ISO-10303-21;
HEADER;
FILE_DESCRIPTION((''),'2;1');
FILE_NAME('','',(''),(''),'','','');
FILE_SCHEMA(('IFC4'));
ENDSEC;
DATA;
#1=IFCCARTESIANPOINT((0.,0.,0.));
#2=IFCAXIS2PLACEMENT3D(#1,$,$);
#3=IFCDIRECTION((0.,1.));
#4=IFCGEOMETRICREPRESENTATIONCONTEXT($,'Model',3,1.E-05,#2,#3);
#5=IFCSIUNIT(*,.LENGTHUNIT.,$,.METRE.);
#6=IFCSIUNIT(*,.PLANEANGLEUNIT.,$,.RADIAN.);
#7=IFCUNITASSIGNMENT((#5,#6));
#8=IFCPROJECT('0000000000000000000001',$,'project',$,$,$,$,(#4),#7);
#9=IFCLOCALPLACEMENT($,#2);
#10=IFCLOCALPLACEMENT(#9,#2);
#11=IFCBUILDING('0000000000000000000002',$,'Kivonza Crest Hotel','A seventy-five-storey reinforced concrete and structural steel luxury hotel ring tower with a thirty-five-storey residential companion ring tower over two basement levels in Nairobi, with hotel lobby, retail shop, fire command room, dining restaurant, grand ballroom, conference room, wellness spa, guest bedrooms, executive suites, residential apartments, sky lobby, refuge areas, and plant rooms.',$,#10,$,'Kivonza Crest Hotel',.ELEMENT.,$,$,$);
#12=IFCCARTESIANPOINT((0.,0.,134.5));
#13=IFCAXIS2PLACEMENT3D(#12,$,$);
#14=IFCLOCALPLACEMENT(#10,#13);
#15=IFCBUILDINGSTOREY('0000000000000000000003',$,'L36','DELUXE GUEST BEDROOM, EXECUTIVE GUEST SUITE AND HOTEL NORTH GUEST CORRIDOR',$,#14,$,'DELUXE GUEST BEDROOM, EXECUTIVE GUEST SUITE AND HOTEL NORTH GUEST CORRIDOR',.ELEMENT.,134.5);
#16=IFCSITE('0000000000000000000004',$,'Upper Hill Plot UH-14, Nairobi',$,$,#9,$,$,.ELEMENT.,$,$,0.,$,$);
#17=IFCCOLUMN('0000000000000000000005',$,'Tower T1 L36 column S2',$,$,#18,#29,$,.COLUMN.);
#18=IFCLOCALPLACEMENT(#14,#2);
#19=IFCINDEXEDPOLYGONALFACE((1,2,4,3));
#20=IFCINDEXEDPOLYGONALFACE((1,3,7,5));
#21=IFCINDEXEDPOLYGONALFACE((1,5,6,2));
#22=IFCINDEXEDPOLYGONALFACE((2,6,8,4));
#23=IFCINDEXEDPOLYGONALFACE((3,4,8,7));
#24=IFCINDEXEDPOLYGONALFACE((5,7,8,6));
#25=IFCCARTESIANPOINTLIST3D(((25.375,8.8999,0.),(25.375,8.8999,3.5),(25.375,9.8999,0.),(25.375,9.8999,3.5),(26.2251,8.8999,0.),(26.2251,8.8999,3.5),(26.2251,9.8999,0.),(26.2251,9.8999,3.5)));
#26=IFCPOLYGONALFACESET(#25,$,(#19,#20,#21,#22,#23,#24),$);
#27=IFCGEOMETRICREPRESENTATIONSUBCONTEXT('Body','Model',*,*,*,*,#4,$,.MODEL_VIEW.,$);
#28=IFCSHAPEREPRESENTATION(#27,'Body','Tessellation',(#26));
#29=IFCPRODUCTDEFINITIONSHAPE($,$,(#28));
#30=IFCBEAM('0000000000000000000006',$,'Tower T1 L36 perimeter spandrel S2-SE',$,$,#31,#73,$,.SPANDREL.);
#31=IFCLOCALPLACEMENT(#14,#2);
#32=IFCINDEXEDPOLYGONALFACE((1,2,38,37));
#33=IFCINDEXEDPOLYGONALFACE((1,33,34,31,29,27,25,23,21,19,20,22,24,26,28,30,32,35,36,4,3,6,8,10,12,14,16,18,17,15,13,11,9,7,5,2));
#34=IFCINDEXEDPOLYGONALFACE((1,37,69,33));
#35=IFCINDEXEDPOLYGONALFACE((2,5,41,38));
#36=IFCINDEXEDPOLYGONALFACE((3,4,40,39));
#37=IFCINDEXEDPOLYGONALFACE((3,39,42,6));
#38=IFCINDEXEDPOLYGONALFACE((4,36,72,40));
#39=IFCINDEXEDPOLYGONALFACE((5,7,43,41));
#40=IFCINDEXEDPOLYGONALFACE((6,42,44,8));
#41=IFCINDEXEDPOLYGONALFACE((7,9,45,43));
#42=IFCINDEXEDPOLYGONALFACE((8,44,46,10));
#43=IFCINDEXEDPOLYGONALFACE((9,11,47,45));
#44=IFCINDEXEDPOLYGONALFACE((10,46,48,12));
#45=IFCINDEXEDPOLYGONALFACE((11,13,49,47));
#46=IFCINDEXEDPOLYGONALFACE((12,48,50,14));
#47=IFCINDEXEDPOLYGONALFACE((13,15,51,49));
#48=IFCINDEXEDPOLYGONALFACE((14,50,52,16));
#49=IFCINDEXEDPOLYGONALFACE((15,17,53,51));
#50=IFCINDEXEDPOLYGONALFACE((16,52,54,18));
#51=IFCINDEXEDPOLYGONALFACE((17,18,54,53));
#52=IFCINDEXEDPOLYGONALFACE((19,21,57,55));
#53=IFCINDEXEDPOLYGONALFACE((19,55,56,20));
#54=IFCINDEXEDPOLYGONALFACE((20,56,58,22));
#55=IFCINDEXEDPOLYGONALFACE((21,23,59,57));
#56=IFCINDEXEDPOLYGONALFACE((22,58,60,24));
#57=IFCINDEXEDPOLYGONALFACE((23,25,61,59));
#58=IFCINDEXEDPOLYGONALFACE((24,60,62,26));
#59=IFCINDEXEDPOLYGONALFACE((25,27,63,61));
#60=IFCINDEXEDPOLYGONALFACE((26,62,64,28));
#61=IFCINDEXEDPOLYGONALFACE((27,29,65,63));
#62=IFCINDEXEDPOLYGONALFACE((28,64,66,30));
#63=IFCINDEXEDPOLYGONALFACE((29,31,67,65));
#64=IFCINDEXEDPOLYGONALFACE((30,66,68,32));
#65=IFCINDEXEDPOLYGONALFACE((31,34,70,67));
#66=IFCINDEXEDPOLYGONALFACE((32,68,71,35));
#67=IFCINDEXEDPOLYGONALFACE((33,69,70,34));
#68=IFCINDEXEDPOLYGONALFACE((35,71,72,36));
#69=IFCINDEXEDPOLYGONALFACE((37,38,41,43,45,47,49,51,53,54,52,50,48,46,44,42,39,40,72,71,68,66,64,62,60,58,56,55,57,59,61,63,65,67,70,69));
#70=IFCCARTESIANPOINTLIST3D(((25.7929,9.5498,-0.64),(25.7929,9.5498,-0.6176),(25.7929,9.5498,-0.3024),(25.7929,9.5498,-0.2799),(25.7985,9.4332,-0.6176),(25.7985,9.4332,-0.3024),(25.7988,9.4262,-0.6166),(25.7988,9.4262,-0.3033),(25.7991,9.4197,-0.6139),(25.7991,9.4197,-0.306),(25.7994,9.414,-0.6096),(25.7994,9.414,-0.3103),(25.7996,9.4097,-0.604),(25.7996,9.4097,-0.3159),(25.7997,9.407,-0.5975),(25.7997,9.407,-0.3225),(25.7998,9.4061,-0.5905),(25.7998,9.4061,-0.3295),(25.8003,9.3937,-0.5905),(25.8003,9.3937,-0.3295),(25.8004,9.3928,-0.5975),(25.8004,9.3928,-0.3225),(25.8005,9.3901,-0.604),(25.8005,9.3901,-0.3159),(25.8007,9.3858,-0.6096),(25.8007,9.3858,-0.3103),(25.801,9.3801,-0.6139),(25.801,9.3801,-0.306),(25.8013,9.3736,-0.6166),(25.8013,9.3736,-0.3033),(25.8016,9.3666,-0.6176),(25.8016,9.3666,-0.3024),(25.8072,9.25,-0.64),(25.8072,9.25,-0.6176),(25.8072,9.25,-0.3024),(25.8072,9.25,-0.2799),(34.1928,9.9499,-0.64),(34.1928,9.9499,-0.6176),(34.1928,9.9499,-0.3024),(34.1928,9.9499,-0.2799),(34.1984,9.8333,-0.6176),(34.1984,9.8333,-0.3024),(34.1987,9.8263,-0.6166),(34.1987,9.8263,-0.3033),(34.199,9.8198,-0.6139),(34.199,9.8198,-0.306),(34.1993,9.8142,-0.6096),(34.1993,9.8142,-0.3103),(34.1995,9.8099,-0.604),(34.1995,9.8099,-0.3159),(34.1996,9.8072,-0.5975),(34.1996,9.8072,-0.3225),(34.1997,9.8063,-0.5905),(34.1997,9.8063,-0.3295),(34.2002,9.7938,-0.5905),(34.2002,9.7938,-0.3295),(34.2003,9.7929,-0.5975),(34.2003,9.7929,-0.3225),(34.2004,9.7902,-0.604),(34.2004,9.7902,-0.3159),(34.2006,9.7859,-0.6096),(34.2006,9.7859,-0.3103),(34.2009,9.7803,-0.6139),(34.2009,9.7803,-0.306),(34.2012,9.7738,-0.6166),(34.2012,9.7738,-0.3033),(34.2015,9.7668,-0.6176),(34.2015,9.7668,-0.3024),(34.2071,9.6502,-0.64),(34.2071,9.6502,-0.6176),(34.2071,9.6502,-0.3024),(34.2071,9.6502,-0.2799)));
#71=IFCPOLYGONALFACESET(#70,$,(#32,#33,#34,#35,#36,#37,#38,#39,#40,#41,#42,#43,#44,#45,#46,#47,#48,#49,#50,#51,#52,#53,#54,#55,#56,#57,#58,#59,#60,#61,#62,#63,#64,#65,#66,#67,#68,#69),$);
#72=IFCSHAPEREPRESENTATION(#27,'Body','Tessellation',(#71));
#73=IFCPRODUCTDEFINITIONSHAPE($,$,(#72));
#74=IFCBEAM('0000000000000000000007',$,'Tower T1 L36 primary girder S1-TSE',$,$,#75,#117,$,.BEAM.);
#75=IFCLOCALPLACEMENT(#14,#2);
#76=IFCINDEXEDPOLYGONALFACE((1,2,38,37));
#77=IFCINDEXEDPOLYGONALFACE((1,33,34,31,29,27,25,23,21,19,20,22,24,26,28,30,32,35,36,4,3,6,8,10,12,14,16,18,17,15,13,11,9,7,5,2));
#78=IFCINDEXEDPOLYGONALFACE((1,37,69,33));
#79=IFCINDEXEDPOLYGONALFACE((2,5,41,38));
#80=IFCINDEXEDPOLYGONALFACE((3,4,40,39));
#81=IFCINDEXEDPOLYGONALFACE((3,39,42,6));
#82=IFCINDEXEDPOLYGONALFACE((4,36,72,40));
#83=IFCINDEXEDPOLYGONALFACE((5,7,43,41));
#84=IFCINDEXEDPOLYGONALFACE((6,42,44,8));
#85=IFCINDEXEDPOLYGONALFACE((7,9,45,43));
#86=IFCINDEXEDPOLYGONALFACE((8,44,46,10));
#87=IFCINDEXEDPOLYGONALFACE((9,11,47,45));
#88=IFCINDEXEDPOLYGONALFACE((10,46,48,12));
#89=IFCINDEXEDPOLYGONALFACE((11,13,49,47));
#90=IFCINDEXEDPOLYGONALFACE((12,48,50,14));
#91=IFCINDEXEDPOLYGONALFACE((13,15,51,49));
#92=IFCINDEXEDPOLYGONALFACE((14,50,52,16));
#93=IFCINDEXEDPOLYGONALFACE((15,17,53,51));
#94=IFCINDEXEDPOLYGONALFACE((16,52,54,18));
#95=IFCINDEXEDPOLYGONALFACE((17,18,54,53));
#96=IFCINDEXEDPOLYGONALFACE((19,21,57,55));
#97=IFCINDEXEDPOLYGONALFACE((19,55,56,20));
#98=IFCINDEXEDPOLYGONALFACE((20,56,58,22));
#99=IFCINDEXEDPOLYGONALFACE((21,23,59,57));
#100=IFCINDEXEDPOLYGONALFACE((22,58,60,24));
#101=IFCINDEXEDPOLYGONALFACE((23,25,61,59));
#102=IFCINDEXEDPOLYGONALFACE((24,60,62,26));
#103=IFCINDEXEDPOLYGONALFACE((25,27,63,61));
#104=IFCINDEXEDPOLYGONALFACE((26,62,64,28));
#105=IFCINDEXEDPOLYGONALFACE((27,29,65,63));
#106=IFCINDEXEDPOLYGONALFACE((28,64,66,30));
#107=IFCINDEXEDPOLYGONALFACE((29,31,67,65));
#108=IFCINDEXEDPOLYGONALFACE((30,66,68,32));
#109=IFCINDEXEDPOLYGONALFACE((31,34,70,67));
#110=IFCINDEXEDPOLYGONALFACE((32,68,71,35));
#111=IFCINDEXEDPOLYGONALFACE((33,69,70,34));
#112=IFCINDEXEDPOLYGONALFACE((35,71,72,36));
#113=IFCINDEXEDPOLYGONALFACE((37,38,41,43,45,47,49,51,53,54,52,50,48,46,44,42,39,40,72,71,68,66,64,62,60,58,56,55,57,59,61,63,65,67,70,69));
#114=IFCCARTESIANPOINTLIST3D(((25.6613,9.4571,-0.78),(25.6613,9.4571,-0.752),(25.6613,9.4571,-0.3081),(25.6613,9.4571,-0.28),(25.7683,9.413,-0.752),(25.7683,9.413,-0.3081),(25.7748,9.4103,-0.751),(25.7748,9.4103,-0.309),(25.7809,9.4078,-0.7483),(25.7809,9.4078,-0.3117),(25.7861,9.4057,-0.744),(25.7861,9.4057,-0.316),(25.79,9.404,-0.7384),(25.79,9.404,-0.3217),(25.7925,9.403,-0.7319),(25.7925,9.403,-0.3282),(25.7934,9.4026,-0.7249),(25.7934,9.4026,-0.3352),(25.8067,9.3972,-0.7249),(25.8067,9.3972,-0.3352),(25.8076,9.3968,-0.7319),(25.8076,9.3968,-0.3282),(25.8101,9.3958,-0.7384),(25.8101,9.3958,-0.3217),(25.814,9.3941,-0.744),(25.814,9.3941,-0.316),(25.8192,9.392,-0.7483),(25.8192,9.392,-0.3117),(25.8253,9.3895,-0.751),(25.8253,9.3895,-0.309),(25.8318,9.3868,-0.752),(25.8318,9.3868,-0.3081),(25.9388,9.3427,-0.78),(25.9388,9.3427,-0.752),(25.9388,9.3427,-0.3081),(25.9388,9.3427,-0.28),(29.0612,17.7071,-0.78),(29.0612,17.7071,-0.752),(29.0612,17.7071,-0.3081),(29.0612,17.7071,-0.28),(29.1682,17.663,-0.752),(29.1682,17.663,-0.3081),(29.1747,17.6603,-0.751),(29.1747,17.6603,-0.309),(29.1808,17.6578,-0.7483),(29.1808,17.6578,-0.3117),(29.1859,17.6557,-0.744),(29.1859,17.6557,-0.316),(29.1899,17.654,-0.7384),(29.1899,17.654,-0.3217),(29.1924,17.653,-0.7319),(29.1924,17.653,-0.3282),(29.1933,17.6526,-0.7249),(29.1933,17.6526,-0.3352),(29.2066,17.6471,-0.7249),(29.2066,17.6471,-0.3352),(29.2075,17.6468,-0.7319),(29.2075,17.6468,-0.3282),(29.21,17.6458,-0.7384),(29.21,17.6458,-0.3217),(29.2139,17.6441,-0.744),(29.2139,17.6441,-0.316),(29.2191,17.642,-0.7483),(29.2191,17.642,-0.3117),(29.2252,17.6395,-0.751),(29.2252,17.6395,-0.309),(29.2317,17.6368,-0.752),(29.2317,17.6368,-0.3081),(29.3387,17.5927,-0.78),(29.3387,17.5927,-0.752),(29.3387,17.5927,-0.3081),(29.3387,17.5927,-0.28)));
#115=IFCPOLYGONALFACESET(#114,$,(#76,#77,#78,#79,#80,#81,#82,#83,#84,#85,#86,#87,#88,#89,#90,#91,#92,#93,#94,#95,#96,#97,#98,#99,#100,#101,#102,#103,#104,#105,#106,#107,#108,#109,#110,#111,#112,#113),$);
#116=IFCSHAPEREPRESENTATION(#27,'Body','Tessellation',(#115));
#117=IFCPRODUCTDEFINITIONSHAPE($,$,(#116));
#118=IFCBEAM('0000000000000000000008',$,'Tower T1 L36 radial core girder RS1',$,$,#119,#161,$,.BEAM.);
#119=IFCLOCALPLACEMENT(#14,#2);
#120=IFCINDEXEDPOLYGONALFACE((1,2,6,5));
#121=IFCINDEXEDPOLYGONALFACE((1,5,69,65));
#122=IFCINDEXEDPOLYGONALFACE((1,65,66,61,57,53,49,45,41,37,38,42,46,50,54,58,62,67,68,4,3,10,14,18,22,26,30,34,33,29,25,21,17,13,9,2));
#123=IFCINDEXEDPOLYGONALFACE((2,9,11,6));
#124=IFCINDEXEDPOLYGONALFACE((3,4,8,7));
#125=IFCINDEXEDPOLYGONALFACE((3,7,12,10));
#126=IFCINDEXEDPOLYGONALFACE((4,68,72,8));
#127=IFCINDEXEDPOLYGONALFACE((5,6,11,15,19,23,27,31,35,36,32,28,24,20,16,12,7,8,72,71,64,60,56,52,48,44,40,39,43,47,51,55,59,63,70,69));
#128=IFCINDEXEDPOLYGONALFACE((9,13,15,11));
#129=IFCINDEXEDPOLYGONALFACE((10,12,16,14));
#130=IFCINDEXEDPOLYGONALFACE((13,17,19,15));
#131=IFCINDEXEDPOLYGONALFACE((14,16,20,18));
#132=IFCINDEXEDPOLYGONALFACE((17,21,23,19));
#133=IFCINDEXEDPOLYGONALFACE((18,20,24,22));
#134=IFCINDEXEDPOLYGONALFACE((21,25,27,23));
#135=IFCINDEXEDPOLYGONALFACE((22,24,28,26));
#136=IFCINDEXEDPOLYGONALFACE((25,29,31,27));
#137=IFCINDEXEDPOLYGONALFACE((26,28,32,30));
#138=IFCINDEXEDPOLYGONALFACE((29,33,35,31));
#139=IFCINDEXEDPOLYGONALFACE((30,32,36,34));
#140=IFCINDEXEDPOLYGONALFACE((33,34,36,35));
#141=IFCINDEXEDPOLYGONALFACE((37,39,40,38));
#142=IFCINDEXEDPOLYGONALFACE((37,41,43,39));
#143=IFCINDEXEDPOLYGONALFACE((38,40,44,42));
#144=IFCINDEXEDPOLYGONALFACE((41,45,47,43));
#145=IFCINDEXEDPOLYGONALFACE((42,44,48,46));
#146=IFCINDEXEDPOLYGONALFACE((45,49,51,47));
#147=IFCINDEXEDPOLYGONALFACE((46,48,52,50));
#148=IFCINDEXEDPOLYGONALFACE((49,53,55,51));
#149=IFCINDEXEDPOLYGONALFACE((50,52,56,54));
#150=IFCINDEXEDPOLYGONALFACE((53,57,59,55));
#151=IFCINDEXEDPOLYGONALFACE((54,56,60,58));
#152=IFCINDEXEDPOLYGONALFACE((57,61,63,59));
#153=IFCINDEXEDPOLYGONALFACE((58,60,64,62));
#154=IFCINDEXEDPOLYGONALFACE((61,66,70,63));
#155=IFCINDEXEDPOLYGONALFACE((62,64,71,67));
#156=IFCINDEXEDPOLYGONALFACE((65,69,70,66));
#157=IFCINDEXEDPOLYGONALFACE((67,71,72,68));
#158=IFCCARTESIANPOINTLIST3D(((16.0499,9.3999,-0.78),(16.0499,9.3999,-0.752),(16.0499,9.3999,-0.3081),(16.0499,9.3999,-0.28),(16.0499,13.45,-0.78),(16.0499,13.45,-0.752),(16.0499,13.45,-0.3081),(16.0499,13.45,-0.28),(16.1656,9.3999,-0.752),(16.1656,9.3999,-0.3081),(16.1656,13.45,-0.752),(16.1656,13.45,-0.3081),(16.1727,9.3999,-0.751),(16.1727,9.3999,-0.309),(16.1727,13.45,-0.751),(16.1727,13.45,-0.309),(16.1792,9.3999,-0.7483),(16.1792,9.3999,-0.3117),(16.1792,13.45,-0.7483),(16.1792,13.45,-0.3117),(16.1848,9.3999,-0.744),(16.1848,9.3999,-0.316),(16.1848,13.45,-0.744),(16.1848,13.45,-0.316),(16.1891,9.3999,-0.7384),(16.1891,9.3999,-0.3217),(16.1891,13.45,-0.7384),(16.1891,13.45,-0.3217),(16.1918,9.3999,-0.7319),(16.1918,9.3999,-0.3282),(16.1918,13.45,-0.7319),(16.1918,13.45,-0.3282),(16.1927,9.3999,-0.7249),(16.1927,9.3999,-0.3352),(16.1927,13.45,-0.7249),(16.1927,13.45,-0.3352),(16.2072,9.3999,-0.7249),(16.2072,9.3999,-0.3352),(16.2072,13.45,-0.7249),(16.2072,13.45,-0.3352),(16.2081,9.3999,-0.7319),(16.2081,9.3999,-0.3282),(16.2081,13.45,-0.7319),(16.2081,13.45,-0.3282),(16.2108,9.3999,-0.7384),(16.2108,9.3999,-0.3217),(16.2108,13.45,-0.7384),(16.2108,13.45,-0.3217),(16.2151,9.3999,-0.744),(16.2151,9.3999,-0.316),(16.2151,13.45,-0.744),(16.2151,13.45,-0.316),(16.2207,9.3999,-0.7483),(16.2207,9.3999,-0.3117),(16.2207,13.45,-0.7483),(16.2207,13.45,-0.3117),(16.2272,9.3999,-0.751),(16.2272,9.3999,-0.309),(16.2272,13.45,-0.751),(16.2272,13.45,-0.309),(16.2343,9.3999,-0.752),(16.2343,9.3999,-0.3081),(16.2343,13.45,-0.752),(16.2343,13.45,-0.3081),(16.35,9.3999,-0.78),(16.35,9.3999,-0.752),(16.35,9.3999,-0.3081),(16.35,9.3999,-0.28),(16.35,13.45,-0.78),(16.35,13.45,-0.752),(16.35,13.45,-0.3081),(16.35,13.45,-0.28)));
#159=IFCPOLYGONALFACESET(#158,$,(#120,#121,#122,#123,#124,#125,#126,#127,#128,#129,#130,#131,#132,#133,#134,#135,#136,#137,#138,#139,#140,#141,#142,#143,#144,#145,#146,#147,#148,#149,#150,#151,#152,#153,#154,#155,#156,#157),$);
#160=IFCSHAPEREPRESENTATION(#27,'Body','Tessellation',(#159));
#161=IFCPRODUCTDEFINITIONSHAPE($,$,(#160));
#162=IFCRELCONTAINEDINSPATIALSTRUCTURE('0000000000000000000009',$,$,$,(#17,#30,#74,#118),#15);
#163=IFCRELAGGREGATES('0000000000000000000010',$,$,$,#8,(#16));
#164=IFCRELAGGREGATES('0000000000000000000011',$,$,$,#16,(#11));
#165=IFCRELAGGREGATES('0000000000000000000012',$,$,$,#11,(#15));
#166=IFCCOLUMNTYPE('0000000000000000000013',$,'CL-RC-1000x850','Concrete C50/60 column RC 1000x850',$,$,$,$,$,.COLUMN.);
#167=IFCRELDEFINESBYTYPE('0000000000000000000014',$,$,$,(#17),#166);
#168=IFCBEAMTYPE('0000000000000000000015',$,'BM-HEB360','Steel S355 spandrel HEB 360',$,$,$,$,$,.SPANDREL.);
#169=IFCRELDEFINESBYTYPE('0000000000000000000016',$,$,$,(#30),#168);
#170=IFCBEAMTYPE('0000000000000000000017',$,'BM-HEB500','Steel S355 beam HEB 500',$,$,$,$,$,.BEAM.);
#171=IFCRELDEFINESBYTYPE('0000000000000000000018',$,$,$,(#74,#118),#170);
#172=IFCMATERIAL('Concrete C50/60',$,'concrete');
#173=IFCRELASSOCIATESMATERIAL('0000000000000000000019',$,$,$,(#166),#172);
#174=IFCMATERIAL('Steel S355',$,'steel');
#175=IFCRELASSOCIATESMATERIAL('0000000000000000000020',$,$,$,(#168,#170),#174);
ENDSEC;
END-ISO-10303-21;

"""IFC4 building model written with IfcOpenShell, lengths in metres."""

from ifc_helpers import new_model, si_unit, direction, frame, origin, origin_2d, place, context, subcontext, project, spatial, rectangle, i_section, extrude, material, material_profile, profile_set, type_object, element, save


model = new_model("IFC4")

# Units and contexts
model_context = context("Model", 3, precision=1e-05, world=origin(), true_north=direction((0.0, 1.0)))
body_context = subcontext(model_context, "Body", "Model", "MODEL_VIEW")
ifc_project = project(units=[si_unit("LENGTHUNIT", "METRE"), si_unit("PLANEANGLEUNIT", "RADIAN")], contexts=[model_context])

# Site, building, storey
site_placement = place(None, origin())
site = spatial("IfcSite", under=ifc_project, at=site_placement, Name="Upper Hill Plot UH-14, Nairobi", CompositionType="ELEMENT", RefElevation=0.0)
building_placement = place(site_placement, origin())
building = spatial("IfcBuilding", under=site, at=building_placement, Name="Kivonza Crest Hotel", Description="A seventy-five-storey reinforced concrete and structural steel luxury hotel ring tower with a thirty-five-storey residential companion ring tower over two basement levels in Nairobi, with hotel lobby, retail shop, fire command room, dining restaurant, grand ballroom, conference room, wellness spa, guest bedrooms, executive suites, residential apartments, sky lobby, refuge areas, and plant rooms.", LongName="Kivonza Crest Hotel", CompositionType="ELEMENT")
storey_placement = place(building_placement, frame((0.0, 0.0, 134.5)))
storey = spatial("IfcBuildingStorey", under=building, at=storey_placement, Name="L36", Description="DELUXE GUEST BEDROOM, EXECUTIVE GUEST SUITE AND HOTEL NORTH GUEST CORRIDOR", LongName="DELUXE GUEST BEDROOM, EXECUTIVE GUEST SUITE AND HOTEL NORTH GUEST CORRIDOR", CompositionType="ELEMENT", Elevation=134.5)

# Column
ifc_material_1 = material(Name="Concrete C50/60", Category="concrete")
ifc_material_profile_1 = material_profile(ifc_material_1, rectangle(XDim=0.8501, YDim=1.0, at=origin_2d()), Name="RC 1000x850")
ifc_profile_set_1 = profile_set([ifc_material_profile_1], Name="Concrete C50/60")
column_type = type_object("IfcColumnType", Name="CL-RC-1000x850", Description="Concrete C50/60 column RC 1000x850", PredefinedType="COLUMN", material=ifc_profile_set_1)
column_placement = place(storey_placement, frame((25.8, 9.3999, 0.0), z_axis=(0.0, 0.0, 1.0), x_axis=(1.0, 0.0, 0.0)))
element("IfcColumn", 1, at=column_placement, inside=storey, type_object=column_type, Name="Tower T1 L36 column S2", PredefinedType="COLUMN", context=body_context, shape_type="SweptSolid", body=[
    extrude(rectangle(XDim=0.8501, YDim=1.0, at=origin_2d()), origin(), (0.0, 0.0, 1.0), 3.5),
])

# Beams
ifc_material_2 = material(Name="Steel S355", Category="steel")
ifc_material_profile_2 = material_profile(ifc_material_2, i_section(OverallWidth=0.3, OverallDepth=0.3601, WebThickness=0.0125, FlangeThickness=0.0225, FilletRadius=0.0271, at=origin_2d()), Name="HEB 360")
ifc_profile_set_2 = profile_set([ifc_material_profile_2], Name="Steel S355")
beam_type_1 = type_object("IfcBeamType", Name="BM-HEB360", Description="Steel S355 spandrel HEB 360", PredefinedType="SPANDREL", material=ifc_profile_set_2)
beam_1_placement = place(storey_placement, frame((25.8, 9.3999, -0.46), z_axis=(0.998867, 0.047583, 0.0), x_axis=(-0.047583, 0.998867, 0.0)))
element("IfcBeam", 2, at=beam_1_placement, inside=storey, type_object=beam_type_1, Name="Tower T1 L36 perimeter spandrel S2-SE", PredefinedType="SPANDREL", context=body_context, shape_type="SweptSolid", body=[
    extrude(i_section(OverallWidth=0.3, OverallDepth=0.3601, WebThickness=0.0125, FlangeThickness=0.0225, FilletRadius=0.0271, at=origin_2d()), origin(), (0.0, 0.0, 1.0), 8.4094),
])
ifc_material_profile_3 = material_profile(ifc_material_2, i_section(OverallWidth=0.3, OverallDepth=0.5, WebThickness=0.0144, FlangeThickness=0.0281, FilletRadius=0.0271, at=origin_2d()), Name="HEB 500")
ifc_profile_set_3 = profile_set([ifc_material_profile_3], Name="Steel S355")
beam_type_2 = type_object("IfcBeamType", Name="BM-HEB500", Description="Steel S355 beam HEB 500", PredefinedType="BEAM", material=ifc_profile_set_3)
beam_2_placement = place(storey_placement, frame((25.8, 9.3999, -0.53), z_axis=(0.381022, 0.924566, 0.0), x_axis=(-0.924566, 0.381022, 0.0)))
element("IfcBeam", 3, at=beam_2_placement, inside=storey, type_object=beam_type_2, Name="Tower T1 L36 primary girder S1-TSE", PredefinedType="BEAM", context=body_context, shape_type="SweptSolid", body=[
    extrude(i_section(OverallWidth=0.3, OverallDepth=0.5, WebThickness=0.0144, FlangeThickness=0.0281, FilletRadius=0.0271, at=origin_2d()), origin(), (0.0, 0.0, 1.0), 8.9231),
])
for number, where, z_axis, x_axis, name in (
    (4, (16.2, 9.3999, -0.53), (0.0, 1.0, 0.0), (-1.0, 0.0, 0.0), "Tower T1 L36 radial core girder RS1"),
):
    element("IfcBeam", number, at=place(storey_placement, frame(where, z_axis=z_axis, x_axis=x_axis)), inside=storey, type_object=beam_type_2, Name=name, PredefinedType="BEAM", context=body_context, shape_type="SweptSolid", body=[
        extrude(i_section(OverallWidth=0.3, OverallDepth=0.5, WebThickness=0.0144, FlangeThickness=0.0281, FilletRadius=0.0271, at=origin_2d()), origin(), (0.0, 0.0, 1.0), 4.05),
    ])

save(model, "model.ifc")
